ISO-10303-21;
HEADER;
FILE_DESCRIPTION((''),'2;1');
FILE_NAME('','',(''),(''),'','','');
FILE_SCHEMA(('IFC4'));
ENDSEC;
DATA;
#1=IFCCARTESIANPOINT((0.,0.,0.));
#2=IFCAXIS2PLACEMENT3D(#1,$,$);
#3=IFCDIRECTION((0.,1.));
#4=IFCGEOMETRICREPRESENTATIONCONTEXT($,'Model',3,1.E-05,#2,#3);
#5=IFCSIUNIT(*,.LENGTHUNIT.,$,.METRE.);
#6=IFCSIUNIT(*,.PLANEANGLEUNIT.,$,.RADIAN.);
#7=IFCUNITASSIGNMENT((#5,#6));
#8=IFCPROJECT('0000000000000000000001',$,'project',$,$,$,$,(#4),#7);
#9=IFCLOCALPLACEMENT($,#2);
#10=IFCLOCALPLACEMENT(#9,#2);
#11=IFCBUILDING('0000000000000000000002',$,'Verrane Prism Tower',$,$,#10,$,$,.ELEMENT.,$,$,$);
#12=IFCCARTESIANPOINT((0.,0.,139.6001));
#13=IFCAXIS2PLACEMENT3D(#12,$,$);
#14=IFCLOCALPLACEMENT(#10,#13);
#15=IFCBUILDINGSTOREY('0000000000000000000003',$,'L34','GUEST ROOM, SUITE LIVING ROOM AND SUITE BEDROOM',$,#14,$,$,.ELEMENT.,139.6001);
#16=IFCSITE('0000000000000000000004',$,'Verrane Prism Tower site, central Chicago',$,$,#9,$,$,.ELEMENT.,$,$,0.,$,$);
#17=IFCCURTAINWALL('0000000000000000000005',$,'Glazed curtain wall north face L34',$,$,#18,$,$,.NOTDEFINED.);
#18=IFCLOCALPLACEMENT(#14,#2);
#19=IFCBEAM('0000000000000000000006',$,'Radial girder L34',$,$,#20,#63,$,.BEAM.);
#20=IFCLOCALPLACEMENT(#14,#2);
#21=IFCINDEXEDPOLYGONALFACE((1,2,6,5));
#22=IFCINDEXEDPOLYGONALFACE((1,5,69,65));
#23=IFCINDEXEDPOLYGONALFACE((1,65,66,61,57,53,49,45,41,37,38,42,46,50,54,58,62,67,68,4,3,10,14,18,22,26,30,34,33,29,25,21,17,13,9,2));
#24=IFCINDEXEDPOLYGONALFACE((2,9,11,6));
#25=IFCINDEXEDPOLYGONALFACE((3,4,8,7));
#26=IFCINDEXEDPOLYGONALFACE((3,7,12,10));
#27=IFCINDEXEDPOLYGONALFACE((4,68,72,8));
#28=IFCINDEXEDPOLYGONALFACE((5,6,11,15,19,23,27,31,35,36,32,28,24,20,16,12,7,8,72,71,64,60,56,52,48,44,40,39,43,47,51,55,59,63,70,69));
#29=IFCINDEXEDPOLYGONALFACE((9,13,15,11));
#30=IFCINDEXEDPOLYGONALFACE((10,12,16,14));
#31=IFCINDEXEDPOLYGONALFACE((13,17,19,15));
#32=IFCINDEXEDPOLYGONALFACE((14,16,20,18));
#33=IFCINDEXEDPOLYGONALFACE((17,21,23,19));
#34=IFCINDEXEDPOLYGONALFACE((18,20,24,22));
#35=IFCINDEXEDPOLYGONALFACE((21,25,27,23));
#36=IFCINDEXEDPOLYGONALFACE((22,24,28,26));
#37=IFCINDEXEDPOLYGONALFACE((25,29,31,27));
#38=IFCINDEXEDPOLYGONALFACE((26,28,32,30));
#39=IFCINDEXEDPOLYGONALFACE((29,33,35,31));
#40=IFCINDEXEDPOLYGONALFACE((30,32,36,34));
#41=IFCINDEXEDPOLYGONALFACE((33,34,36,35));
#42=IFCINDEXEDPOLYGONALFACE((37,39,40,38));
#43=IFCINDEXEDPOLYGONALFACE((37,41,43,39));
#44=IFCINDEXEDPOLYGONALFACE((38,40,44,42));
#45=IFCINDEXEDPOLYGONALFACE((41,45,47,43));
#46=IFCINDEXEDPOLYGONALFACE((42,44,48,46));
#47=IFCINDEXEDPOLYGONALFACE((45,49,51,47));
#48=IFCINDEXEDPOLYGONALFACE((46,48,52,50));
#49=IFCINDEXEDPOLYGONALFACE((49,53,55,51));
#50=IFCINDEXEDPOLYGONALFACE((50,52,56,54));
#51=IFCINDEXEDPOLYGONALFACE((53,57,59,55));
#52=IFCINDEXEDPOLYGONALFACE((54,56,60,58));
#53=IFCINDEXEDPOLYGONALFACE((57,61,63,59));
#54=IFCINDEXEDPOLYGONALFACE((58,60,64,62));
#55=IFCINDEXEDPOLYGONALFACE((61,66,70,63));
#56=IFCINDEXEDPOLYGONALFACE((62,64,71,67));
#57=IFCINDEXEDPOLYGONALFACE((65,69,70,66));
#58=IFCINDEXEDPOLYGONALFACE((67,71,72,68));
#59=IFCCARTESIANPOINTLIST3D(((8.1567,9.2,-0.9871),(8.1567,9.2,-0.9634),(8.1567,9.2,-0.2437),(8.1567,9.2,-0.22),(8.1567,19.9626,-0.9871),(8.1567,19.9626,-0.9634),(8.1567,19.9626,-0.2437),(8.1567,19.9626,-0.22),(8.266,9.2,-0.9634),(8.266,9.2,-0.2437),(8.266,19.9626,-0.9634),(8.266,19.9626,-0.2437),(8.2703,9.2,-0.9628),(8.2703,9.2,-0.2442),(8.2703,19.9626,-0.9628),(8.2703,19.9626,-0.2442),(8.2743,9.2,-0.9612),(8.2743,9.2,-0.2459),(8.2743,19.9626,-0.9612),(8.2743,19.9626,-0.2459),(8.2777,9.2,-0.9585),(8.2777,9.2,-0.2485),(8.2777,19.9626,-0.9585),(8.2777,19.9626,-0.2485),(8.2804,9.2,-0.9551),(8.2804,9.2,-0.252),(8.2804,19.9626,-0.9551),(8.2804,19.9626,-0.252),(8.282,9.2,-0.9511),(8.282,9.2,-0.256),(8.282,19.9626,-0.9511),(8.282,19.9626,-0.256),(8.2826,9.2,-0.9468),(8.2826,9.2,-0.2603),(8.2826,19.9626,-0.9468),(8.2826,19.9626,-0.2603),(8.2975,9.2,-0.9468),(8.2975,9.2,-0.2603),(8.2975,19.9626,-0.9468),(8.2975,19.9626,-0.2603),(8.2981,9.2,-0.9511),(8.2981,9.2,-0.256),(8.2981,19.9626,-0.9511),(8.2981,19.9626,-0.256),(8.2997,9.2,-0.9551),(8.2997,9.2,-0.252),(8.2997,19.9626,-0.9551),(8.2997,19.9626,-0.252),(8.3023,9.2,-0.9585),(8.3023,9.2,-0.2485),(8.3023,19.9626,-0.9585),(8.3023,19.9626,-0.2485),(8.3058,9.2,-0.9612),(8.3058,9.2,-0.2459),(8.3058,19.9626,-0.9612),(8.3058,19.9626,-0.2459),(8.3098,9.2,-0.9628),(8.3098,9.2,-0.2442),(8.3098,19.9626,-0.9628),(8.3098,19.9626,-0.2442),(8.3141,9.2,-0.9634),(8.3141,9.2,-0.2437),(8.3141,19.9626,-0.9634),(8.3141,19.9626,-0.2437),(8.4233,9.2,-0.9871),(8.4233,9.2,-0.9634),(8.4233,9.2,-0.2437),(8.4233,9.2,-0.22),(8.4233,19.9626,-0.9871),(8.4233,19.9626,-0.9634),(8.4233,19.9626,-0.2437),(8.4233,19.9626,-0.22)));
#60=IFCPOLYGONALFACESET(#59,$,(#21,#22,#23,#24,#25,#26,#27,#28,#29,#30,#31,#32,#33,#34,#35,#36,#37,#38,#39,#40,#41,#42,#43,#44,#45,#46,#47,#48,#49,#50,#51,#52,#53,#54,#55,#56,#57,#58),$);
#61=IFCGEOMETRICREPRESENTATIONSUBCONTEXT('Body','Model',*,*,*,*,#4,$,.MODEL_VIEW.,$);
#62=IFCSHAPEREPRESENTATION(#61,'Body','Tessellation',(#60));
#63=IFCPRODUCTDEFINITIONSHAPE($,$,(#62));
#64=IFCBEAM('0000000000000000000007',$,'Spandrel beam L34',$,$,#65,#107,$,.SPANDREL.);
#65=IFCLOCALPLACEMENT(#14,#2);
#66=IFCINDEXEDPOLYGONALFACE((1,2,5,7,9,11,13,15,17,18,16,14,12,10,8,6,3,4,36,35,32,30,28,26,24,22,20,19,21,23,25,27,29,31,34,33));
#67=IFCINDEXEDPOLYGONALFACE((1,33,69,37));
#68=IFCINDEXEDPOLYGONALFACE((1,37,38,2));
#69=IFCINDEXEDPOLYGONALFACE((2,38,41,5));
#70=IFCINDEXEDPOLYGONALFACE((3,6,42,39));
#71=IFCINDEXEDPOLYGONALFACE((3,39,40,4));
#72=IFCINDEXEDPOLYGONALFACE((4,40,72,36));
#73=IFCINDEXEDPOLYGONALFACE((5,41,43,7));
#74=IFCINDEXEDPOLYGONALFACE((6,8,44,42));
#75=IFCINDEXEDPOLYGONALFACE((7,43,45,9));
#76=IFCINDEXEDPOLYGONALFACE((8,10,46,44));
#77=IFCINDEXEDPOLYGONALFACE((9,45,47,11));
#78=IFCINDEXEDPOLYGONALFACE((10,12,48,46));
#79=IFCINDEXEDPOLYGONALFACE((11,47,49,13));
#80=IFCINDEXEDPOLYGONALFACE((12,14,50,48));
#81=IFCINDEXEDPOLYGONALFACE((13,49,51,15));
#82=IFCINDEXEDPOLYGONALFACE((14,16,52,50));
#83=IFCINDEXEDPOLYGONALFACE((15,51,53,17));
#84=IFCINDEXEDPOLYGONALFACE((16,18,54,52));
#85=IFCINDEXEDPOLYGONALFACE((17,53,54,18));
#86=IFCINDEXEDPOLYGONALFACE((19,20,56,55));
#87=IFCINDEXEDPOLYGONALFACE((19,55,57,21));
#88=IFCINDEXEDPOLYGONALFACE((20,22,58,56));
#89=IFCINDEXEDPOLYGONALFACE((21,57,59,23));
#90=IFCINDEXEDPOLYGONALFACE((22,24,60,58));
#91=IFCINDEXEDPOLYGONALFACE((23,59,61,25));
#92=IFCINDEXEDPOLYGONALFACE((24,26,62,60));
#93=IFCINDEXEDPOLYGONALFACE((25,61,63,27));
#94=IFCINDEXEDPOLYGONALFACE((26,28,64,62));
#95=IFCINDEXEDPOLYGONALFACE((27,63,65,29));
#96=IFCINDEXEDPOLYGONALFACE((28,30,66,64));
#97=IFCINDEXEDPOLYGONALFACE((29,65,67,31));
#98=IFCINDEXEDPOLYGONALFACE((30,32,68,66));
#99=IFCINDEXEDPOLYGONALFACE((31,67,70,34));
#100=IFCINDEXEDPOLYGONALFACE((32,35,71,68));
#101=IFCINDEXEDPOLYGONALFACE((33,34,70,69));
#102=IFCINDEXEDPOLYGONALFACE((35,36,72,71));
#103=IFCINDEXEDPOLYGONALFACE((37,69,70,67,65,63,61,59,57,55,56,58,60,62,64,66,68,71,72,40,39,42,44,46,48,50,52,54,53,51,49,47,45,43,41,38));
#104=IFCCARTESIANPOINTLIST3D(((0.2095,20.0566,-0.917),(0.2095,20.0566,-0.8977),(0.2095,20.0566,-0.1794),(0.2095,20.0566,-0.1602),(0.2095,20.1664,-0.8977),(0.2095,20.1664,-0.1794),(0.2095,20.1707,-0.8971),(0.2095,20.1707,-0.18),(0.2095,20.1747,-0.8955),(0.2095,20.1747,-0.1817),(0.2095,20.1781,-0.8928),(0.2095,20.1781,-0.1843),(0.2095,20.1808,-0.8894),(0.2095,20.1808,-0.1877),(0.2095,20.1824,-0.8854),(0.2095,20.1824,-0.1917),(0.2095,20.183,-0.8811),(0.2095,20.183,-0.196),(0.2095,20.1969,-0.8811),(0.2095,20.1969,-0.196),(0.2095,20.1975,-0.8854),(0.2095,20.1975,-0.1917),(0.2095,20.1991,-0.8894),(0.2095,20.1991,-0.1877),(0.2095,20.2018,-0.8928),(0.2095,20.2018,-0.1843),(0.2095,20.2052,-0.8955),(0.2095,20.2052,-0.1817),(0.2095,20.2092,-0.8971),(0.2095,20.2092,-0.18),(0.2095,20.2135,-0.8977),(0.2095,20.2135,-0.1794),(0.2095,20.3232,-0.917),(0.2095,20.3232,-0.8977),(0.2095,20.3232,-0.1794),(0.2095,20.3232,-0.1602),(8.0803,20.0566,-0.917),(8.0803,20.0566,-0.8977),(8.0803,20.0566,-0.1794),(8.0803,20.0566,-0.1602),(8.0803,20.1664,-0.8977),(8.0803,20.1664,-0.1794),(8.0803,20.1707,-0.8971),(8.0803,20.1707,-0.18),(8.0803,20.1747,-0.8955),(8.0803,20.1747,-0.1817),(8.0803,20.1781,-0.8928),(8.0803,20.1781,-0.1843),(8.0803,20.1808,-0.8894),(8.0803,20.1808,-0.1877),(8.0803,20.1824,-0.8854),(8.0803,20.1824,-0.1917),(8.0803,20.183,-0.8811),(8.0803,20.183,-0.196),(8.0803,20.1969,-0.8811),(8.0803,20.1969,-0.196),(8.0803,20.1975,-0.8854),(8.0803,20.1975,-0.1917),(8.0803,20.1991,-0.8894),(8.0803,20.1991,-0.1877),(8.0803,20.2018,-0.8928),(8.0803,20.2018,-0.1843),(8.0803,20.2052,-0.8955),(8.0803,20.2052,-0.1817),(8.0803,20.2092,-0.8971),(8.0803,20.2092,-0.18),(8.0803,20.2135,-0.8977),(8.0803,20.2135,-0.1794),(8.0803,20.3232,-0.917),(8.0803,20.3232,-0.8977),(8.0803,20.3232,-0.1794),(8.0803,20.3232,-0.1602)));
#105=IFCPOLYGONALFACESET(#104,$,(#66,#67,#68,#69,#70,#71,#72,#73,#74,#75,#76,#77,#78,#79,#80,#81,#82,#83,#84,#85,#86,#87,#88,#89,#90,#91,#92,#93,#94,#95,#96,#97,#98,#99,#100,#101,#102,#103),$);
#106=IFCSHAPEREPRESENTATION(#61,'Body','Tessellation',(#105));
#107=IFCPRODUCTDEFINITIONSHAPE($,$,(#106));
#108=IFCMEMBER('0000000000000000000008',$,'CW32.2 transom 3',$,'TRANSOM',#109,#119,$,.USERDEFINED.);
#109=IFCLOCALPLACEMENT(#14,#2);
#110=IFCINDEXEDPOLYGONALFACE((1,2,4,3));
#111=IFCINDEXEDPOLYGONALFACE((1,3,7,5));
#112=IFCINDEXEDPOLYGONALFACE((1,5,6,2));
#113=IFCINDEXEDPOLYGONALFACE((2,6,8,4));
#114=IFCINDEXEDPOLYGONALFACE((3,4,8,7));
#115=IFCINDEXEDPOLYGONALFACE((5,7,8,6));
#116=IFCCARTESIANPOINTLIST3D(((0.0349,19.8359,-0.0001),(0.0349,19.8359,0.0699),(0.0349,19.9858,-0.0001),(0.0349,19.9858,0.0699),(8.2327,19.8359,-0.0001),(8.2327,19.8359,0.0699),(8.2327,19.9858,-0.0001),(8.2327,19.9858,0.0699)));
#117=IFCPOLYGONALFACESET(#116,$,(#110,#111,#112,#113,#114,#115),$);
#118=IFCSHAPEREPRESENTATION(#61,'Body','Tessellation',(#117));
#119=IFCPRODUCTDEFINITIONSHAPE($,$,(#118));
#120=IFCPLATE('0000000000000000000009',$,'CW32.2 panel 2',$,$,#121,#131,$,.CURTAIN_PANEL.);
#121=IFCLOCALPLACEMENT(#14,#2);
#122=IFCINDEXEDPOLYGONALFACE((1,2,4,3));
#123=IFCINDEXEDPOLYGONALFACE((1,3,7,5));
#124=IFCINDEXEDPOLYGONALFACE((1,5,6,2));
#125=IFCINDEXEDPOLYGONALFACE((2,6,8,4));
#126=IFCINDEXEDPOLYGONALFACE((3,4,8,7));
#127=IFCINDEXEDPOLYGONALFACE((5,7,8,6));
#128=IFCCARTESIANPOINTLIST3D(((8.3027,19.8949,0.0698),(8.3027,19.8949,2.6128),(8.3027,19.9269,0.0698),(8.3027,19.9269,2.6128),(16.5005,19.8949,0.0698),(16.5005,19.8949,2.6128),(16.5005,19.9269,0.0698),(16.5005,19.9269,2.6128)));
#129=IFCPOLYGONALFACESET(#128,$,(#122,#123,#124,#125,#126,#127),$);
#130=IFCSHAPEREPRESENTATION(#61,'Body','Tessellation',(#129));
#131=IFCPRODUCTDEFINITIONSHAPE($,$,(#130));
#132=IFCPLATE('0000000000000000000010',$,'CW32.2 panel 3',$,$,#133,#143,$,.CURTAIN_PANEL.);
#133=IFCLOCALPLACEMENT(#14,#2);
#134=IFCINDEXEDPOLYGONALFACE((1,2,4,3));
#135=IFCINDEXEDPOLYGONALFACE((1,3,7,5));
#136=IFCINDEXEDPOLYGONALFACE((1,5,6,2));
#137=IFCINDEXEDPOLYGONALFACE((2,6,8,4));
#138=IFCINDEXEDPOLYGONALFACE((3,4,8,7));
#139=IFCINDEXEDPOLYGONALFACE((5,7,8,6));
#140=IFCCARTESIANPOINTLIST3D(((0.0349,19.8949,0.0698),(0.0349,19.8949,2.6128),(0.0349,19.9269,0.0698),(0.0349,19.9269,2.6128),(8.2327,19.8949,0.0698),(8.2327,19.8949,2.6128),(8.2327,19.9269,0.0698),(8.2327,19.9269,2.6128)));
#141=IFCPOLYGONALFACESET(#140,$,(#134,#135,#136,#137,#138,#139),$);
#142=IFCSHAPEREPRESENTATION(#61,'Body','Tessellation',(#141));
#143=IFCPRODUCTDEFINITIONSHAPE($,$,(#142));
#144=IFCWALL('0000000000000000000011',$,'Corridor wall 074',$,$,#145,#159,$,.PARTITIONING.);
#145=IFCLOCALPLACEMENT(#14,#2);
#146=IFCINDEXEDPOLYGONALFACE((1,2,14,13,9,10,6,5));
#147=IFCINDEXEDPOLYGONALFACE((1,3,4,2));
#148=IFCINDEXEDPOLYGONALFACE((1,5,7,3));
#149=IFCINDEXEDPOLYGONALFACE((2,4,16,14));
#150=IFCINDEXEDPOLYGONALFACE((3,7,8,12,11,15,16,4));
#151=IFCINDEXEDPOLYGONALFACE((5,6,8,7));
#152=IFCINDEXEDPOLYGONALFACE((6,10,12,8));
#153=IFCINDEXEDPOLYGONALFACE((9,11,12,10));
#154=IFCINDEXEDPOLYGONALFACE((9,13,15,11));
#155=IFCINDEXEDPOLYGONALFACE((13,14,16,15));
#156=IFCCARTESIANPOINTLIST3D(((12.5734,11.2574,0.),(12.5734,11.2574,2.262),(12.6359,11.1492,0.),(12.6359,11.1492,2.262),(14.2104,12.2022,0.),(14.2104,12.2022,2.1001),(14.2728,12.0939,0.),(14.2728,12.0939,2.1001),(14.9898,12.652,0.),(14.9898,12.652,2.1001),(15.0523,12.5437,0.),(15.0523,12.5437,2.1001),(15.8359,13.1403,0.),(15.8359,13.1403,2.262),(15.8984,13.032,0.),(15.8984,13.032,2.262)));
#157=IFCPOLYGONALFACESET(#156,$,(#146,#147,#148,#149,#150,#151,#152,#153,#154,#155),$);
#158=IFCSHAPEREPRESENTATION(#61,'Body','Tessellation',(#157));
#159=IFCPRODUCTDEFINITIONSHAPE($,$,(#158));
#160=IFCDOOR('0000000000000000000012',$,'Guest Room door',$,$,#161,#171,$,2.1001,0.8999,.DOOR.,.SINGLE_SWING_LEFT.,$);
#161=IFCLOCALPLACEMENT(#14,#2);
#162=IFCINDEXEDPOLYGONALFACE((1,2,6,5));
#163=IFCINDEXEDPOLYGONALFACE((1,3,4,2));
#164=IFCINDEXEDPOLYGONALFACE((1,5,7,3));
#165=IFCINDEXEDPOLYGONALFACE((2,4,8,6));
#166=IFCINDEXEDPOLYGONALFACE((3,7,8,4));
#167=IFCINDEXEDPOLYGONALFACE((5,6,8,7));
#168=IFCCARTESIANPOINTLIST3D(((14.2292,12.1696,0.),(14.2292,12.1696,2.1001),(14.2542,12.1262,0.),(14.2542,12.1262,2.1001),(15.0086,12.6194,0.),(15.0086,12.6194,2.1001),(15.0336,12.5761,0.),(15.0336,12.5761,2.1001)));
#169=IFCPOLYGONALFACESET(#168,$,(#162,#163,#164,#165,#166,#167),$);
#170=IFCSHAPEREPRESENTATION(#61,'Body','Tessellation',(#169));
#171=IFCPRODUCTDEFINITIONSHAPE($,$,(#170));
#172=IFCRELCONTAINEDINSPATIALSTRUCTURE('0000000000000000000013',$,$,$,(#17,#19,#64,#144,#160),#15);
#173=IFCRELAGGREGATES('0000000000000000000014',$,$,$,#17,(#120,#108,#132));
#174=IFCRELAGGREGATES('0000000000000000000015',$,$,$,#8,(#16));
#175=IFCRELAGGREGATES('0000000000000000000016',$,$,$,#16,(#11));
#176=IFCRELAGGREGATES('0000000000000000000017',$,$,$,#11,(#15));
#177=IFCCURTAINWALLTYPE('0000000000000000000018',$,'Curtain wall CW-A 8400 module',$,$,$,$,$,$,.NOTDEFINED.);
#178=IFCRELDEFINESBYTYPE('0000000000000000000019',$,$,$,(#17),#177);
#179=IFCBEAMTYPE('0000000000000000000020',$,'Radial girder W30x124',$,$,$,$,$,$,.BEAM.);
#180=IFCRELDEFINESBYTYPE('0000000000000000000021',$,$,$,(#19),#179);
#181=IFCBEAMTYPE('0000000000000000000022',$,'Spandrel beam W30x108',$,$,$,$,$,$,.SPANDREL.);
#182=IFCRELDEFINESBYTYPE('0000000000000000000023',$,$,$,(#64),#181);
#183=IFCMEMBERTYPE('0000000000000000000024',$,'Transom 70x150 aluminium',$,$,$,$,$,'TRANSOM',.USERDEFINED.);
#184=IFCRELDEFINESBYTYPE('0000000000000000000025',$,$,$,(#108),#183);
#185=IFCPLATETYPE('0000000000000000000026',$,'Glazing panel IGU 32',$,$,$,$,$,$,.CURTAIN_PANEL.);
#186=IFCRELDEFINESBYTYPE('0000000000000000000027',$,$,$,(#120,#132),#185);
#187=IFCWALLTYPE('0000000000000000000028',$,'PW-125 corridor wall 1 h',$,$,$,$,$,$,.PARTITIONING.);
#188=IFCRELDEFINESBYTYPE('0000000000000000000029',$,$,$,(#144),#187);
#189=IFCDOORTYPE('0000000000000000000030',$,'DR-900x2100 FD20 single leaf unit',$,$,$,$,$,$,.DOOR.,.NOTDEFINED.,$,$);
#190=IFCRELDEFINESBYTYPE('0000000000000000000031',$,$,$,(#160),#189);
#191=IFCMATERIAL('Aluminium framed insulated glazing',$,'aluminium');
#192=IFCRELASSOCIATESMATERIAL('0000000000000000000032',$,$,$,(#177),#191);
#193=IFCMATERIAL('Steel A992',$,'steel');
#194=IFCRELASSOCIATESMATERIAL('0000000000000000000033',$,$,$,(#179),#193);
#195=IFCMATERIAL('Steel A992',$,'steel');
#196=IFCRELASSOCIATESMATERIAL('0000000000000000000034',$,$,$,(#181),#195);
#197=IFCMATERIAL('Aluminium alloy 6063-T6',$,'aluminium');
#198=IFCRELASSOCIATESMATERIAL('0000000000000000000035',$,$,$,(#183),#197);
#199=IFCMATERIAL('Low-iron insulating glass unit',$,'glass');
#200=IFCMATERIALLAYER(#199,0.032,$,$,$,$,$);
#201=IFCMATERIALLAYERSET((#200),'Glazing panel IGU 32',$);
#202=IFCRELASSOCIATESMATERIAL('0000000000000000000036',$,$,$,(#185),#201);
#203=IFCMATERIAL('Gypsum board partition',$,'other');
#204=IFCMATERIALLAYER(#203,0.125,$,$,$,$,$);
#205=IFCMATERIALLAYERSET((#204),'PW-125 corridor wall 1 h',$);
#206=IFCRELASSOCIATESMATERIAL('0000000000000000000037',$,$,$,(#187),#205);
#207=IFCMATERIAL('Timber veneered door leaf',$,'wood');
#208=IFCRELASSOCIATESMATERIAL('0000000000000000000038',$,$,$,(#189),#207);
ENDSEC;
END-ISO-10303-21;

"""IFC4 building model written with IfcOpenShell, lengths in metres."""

from ifc_helpers import new_model, si_unit, direction, frame, frame_2d, origin, origin_2d, place, context, subcontext, project, spatial, rectangle, i_section, extrude, material, layer, layer_set, material_profile, profile_set, type_object, element, fill, aggregate, save


model = new_model("IFC4")

# Units and contexts
model_context = context("Model", 3, precision=1e-05, world=origin(), true_north=direction((0.0, 1.0)))
body_context = subcontext(model_context, "Body", "Model", "MODEL_VIEW")
ifc_project = project(units=[si_unit("LENGTHUNIT", "METRE"), si_unit("PLANEANGLEUNIT", "RADIAN")], contexts=[model_context])

# Site, building, storey
site_placement = place(None, origin())
site = spatial("IfcSite", under=ifc_project, at=site_placement, Name="Verrane Prism Tower site, central Chicago", CompositionType="ELEMENT", RefElevation=0.0)
building_placement = place(site_placement, origin())
building = spatial("IfcBuilding", under=site, at=building_placement, Name="Verrane Prism Tower", CompositionType="ELEMENT")
storey_placement = place(building_placement, frame((0.0, 0.0, 139.6001)))
storey = spatial("IfcBuildingStorey", under=building, at=storey_placement, Name="L34", Description="GUEST ROOM, SUITE LIVING ROOM AND SUITE BEDROOM", CompositionType="ELEMENT", Elevation=139.6001)

# Curtain wall
ifc_material_1 = material(Name="Aluminium framed insulated glazing", Category="aluminium")
curtain_wall_type = type_object("IfcCurtainWallType", Name="Curtain wall CW-A 8400 module", PredefinedType="NOTDEFINED", material=ifc_material_1)
curtain_wall_placement = place(storey_placement, origin())
curtain_wall = element("IfcCurtainWall", 1, at=curtain_wall_placement, inside=storey, type_object=curtain_wall_type, Name="Glazed curtain wall north face L34", PredefinedType="NOTDEFINED")

# Beams
ifc_material_2 = material(Name="Steel A992", Category="steel")
ifc_material_profile_1 = material_profile(ifc_material_2, i_section(OverallWidth=0.2666, OverallDepth=0.7671, WebThickness=0.0149, FlangeThickness=0.0237, FilletRadius=0.0166, at=origin_2d()), Name="W30x124")
ifc_profile_set_1 = profile_set([ifc_material_profile_1], Name="Steel A992")
beam_type_1 = type_object("IfcBeamType", Name="Radial girder W30x124", PredefinedType="BEAM", material=ifc_profile_set_1)
beam_1_placement = place(storey_placement, frame((8.29, 19.9626, -0.6035), z_axis=(0.0, -1.0, 0.0), x_axis=(1.0, 0.0, 0.0)))
element("IfcBeam", 2, at=beam_1_placement, inside=storey, type_object=beam_type_1, Name="Radial girder L34", PredefinedType="BEAM", context=body_context, shape_type="SweptSolid", body=[
    extrude(i_section(OverallWidth=0.2666, OverallDepth=0.7671, WebThickness=0.0149, FlangeThickness=0.0237, FilletRadius=0.0166, at=origin_2d()), origin(), (0.0, 0.0, 1.0), 10.7627),
])
ifc_material_3 = material(Name="Steel A992", Category="steel")
ifc_material_profile_2 = material_profile(ifc_material_3, i_section(OverallWidth=0.2666, OverallDepth=0.7568, WebThickness=0.0139, FlangeThickness=0.0193, FilletRadius=0.0166, at=origin_2d()), Name="W30x108")
ifc_profile_set_2 = profile_set([ifc_material_profile_2], Name="Steel A992")
beam_type_2 = type_object("IfcBeamType", Name="Spandrel beam W30x108", PredefinedType="SPANDREL", material=ifc_profile_set_2)
beam_2_placement = place(storey_placement, frame((8.0803, 20.1899, -0.5386), z_axis=(-1.0, 0.0, 0.0), x_axis=(0.0, -1.0, 0.0)))
element("IfcBeam", 3, at=beam_2_placement, inside=storey, type_object=beam_type_2, Name="Spandrel beam L34", PredefinedType="SPANDREL", context=body_context, shape_type="SweptSolid", body=[
    extrude(i_section(OverallWidth=0.2666, OverallDepth=0.7568, WebThickness=0.0139, FlangeThickness=0.0193, FilletRadius=0.0166, at=origin_2d()), origin(), (0.0, 0.0, 1.0), 7.8708),
])

# Member
ifc_material_4 = material(Name="Aluminium alloy 6063-T6", Category="aluminium")
ifc_material_profile_3 = material_profile(ifc_material_4, rectangle(XDim=0.1499, YDim=0.0701, at=origin_2d()), Name="Transom 70x150 aluminium")
ifc_profile_set_3 = profile_set([ifc_material_profile_3], Name="Aluminium alloy 6063-T6")
member_type_1 = type_object("IfcMemberType", Name="Transom 70x150 aluminium", ElementType="TRANSOM", PredefinedType="USERDEFINED", material=ifc_profile_set_3)
member_1_placement = place(storey_placement, frame((8.2327, 19.9109, 0.0349), z_axis=(-1.0, 0.0, 0.0), x_axis=(0.0, -1.0, 0.0)))
member_1 = element("IfcMember", 4, at=member_1_placement, type_object=member_type_1, Name="CW32.2 transom 3", ObjectType="TRANSOM", PredefinedType="USERDEFINED", context=body_context, shape_type="SweptSolid", body=[
    extrude(rectangle(XDim=0.1499, YDim=0.0701, at=origin_2d()), origin(), (0.0, 0.0, 1.0), 8.1978),
])

# Plates
ifc_material_5 = material(Name="Low-iron insulating glass unit", Category="glass")
ifc_layer_1 = layer(ifc_material_5, 0.032)
ifc_layer_set_1 = layer_set([ifc_layer_1], Name="Glazing panel IGU 32")
plate_type = type_object("IfcPlateType", Name="Glazing panel IGU 32", PredefinedType="CURTAIN_PANEL", material=ifc_layer_set_1)
plate_1_placement = place(storey_placement, frame((12.4016, 19.9109, 0.0698), z_axis=(0.0, 0.0, 1.0), x_axis=(-1.0, 0.0, 0.0)))
plate_1 = element("IfcPlate", 5, at=plate_1_placement, type_object=plate_type, Name="CW32.2 panel 2", PredefinedType="CURTAIN_PANEL", context=body_context, shape_type="SweptSolid", body=[
    extrude(rectangle(XDim=8.1978, YDim=0.032, at=origin_2d()), origin(), (0.0, 0.0, 1.0), 2.543),
])
plate_2_placement = place(storey_placement, frame((4.1338, 19.9109, 0.0698), z_axis=(0.0, 0.0, 1.0), x_axis=(-1.0, 0.0, 0.0)))
plate_2 = element("IfcPlate", 6, at=plate_2_placement, type_object=plate_type, Name="CW32.2 panel 3", PredefinedType="CURTAIN_PANEL", context=body_context, shape_type="SweptSolid", body=[
    extrude(rectangle(XDim=8.1978, YDim=0.032, at=origin_2d()), origin(), (0.0, 0.0, 1.0), 2.543),
])
aggregate(curtain_wall, [plate_1, member_1, plate_2])

# Wall, opening, door
ifc_material_6 = material(Name="Gypsum board partition", Category="other")
ifc_layer_2 = layer(ifc_material_6, 0.125)
ifc_layer_set_2 = layer_set([ifc_layer_2], Name="PW-125 corridor wall 1 h")
wall_type_1 = type_object("IfcWallType", Name="PW-125 corridor wall 1 h", PredefinedType="PARTITIONING", material=ifc_layer_set_2)
wall_1_placement = place(storey_placement, frame((12.6047, 11.2034, 0.0), z_axis=(0.0, 0.0, 1.0), x_axis=(0.866113, 0.499848, 0.0)))
wall_1 = element("IfcWall", 7, at=wall_1_placement, inside=storey, type_object=wall_type_1, Name="Corridor wall 074", PredefinedType="PARTITIONING", context=body_context, shape_type="SweptSolid", body=[
    extrude(rectangle(XDim=3.7668, YDim=0.125, at=frame_2d((1.8833, 0.0))), origin(), (0.0, 0.0, 1.0), 2.262),
])
opening_1_placement = place(wall_1_placement, frame((1.8899, 0.0, 0.0)))
opening_1 = element("IfcOpeningElement", 8, at=opening_1_placement, cuts=wall_1, PredefinedType="OPENING", context=body_context, shape_type="SweptSolid", body=[
    extrude(rectangle(XDim=0.8999, YDim=2.1001, at=frame_2d((0.45, 1.05))), frame((0.0, 0.0725, 0.0), z_axis=(0.0, -1.0, 0.0), x_axis=(1.0, 0.0, 0.0)), (0.0, 0.0, 1.0), 0.145),
])
ifc_material_7 = material(Name="Timber veneered door leaf", Category="wood")
door_type_1 = type_object("IfcDoorType", Name="DR-900x2100 FD20 single leaf unit", OperationType="NOTDEFINED", PredefinedType="DOOR", material=ifc_material_7)
door_1_placement = place(opening_1_placement, origin())
door_1 = element("IfcDoor", 9, at=door_1_placement, inside=storey, type_object=door_type_1, Name="Guest Room door", OperationType="SINGLE_SWING_LEFT", OverallHeight=2.1001, OverallWidth=0.8999, PredefinedType="DOOR", context=body_context, shape_type="SweptSolid", body=[
    extrude(rectangle(XDim=0.8999, YDim=2.1001, at=frame_2d((0.45, 1.05))), frame((0.0, 0.0249, 0.0), z_axis=(0.0, -1.0, 0.0), x_axis=(1.0, 0.0, 0.0)), (0.0, 0.0, 1.0), 0.05),
])
fill(opening_1, door_1)

save(model, "model.ifc")
